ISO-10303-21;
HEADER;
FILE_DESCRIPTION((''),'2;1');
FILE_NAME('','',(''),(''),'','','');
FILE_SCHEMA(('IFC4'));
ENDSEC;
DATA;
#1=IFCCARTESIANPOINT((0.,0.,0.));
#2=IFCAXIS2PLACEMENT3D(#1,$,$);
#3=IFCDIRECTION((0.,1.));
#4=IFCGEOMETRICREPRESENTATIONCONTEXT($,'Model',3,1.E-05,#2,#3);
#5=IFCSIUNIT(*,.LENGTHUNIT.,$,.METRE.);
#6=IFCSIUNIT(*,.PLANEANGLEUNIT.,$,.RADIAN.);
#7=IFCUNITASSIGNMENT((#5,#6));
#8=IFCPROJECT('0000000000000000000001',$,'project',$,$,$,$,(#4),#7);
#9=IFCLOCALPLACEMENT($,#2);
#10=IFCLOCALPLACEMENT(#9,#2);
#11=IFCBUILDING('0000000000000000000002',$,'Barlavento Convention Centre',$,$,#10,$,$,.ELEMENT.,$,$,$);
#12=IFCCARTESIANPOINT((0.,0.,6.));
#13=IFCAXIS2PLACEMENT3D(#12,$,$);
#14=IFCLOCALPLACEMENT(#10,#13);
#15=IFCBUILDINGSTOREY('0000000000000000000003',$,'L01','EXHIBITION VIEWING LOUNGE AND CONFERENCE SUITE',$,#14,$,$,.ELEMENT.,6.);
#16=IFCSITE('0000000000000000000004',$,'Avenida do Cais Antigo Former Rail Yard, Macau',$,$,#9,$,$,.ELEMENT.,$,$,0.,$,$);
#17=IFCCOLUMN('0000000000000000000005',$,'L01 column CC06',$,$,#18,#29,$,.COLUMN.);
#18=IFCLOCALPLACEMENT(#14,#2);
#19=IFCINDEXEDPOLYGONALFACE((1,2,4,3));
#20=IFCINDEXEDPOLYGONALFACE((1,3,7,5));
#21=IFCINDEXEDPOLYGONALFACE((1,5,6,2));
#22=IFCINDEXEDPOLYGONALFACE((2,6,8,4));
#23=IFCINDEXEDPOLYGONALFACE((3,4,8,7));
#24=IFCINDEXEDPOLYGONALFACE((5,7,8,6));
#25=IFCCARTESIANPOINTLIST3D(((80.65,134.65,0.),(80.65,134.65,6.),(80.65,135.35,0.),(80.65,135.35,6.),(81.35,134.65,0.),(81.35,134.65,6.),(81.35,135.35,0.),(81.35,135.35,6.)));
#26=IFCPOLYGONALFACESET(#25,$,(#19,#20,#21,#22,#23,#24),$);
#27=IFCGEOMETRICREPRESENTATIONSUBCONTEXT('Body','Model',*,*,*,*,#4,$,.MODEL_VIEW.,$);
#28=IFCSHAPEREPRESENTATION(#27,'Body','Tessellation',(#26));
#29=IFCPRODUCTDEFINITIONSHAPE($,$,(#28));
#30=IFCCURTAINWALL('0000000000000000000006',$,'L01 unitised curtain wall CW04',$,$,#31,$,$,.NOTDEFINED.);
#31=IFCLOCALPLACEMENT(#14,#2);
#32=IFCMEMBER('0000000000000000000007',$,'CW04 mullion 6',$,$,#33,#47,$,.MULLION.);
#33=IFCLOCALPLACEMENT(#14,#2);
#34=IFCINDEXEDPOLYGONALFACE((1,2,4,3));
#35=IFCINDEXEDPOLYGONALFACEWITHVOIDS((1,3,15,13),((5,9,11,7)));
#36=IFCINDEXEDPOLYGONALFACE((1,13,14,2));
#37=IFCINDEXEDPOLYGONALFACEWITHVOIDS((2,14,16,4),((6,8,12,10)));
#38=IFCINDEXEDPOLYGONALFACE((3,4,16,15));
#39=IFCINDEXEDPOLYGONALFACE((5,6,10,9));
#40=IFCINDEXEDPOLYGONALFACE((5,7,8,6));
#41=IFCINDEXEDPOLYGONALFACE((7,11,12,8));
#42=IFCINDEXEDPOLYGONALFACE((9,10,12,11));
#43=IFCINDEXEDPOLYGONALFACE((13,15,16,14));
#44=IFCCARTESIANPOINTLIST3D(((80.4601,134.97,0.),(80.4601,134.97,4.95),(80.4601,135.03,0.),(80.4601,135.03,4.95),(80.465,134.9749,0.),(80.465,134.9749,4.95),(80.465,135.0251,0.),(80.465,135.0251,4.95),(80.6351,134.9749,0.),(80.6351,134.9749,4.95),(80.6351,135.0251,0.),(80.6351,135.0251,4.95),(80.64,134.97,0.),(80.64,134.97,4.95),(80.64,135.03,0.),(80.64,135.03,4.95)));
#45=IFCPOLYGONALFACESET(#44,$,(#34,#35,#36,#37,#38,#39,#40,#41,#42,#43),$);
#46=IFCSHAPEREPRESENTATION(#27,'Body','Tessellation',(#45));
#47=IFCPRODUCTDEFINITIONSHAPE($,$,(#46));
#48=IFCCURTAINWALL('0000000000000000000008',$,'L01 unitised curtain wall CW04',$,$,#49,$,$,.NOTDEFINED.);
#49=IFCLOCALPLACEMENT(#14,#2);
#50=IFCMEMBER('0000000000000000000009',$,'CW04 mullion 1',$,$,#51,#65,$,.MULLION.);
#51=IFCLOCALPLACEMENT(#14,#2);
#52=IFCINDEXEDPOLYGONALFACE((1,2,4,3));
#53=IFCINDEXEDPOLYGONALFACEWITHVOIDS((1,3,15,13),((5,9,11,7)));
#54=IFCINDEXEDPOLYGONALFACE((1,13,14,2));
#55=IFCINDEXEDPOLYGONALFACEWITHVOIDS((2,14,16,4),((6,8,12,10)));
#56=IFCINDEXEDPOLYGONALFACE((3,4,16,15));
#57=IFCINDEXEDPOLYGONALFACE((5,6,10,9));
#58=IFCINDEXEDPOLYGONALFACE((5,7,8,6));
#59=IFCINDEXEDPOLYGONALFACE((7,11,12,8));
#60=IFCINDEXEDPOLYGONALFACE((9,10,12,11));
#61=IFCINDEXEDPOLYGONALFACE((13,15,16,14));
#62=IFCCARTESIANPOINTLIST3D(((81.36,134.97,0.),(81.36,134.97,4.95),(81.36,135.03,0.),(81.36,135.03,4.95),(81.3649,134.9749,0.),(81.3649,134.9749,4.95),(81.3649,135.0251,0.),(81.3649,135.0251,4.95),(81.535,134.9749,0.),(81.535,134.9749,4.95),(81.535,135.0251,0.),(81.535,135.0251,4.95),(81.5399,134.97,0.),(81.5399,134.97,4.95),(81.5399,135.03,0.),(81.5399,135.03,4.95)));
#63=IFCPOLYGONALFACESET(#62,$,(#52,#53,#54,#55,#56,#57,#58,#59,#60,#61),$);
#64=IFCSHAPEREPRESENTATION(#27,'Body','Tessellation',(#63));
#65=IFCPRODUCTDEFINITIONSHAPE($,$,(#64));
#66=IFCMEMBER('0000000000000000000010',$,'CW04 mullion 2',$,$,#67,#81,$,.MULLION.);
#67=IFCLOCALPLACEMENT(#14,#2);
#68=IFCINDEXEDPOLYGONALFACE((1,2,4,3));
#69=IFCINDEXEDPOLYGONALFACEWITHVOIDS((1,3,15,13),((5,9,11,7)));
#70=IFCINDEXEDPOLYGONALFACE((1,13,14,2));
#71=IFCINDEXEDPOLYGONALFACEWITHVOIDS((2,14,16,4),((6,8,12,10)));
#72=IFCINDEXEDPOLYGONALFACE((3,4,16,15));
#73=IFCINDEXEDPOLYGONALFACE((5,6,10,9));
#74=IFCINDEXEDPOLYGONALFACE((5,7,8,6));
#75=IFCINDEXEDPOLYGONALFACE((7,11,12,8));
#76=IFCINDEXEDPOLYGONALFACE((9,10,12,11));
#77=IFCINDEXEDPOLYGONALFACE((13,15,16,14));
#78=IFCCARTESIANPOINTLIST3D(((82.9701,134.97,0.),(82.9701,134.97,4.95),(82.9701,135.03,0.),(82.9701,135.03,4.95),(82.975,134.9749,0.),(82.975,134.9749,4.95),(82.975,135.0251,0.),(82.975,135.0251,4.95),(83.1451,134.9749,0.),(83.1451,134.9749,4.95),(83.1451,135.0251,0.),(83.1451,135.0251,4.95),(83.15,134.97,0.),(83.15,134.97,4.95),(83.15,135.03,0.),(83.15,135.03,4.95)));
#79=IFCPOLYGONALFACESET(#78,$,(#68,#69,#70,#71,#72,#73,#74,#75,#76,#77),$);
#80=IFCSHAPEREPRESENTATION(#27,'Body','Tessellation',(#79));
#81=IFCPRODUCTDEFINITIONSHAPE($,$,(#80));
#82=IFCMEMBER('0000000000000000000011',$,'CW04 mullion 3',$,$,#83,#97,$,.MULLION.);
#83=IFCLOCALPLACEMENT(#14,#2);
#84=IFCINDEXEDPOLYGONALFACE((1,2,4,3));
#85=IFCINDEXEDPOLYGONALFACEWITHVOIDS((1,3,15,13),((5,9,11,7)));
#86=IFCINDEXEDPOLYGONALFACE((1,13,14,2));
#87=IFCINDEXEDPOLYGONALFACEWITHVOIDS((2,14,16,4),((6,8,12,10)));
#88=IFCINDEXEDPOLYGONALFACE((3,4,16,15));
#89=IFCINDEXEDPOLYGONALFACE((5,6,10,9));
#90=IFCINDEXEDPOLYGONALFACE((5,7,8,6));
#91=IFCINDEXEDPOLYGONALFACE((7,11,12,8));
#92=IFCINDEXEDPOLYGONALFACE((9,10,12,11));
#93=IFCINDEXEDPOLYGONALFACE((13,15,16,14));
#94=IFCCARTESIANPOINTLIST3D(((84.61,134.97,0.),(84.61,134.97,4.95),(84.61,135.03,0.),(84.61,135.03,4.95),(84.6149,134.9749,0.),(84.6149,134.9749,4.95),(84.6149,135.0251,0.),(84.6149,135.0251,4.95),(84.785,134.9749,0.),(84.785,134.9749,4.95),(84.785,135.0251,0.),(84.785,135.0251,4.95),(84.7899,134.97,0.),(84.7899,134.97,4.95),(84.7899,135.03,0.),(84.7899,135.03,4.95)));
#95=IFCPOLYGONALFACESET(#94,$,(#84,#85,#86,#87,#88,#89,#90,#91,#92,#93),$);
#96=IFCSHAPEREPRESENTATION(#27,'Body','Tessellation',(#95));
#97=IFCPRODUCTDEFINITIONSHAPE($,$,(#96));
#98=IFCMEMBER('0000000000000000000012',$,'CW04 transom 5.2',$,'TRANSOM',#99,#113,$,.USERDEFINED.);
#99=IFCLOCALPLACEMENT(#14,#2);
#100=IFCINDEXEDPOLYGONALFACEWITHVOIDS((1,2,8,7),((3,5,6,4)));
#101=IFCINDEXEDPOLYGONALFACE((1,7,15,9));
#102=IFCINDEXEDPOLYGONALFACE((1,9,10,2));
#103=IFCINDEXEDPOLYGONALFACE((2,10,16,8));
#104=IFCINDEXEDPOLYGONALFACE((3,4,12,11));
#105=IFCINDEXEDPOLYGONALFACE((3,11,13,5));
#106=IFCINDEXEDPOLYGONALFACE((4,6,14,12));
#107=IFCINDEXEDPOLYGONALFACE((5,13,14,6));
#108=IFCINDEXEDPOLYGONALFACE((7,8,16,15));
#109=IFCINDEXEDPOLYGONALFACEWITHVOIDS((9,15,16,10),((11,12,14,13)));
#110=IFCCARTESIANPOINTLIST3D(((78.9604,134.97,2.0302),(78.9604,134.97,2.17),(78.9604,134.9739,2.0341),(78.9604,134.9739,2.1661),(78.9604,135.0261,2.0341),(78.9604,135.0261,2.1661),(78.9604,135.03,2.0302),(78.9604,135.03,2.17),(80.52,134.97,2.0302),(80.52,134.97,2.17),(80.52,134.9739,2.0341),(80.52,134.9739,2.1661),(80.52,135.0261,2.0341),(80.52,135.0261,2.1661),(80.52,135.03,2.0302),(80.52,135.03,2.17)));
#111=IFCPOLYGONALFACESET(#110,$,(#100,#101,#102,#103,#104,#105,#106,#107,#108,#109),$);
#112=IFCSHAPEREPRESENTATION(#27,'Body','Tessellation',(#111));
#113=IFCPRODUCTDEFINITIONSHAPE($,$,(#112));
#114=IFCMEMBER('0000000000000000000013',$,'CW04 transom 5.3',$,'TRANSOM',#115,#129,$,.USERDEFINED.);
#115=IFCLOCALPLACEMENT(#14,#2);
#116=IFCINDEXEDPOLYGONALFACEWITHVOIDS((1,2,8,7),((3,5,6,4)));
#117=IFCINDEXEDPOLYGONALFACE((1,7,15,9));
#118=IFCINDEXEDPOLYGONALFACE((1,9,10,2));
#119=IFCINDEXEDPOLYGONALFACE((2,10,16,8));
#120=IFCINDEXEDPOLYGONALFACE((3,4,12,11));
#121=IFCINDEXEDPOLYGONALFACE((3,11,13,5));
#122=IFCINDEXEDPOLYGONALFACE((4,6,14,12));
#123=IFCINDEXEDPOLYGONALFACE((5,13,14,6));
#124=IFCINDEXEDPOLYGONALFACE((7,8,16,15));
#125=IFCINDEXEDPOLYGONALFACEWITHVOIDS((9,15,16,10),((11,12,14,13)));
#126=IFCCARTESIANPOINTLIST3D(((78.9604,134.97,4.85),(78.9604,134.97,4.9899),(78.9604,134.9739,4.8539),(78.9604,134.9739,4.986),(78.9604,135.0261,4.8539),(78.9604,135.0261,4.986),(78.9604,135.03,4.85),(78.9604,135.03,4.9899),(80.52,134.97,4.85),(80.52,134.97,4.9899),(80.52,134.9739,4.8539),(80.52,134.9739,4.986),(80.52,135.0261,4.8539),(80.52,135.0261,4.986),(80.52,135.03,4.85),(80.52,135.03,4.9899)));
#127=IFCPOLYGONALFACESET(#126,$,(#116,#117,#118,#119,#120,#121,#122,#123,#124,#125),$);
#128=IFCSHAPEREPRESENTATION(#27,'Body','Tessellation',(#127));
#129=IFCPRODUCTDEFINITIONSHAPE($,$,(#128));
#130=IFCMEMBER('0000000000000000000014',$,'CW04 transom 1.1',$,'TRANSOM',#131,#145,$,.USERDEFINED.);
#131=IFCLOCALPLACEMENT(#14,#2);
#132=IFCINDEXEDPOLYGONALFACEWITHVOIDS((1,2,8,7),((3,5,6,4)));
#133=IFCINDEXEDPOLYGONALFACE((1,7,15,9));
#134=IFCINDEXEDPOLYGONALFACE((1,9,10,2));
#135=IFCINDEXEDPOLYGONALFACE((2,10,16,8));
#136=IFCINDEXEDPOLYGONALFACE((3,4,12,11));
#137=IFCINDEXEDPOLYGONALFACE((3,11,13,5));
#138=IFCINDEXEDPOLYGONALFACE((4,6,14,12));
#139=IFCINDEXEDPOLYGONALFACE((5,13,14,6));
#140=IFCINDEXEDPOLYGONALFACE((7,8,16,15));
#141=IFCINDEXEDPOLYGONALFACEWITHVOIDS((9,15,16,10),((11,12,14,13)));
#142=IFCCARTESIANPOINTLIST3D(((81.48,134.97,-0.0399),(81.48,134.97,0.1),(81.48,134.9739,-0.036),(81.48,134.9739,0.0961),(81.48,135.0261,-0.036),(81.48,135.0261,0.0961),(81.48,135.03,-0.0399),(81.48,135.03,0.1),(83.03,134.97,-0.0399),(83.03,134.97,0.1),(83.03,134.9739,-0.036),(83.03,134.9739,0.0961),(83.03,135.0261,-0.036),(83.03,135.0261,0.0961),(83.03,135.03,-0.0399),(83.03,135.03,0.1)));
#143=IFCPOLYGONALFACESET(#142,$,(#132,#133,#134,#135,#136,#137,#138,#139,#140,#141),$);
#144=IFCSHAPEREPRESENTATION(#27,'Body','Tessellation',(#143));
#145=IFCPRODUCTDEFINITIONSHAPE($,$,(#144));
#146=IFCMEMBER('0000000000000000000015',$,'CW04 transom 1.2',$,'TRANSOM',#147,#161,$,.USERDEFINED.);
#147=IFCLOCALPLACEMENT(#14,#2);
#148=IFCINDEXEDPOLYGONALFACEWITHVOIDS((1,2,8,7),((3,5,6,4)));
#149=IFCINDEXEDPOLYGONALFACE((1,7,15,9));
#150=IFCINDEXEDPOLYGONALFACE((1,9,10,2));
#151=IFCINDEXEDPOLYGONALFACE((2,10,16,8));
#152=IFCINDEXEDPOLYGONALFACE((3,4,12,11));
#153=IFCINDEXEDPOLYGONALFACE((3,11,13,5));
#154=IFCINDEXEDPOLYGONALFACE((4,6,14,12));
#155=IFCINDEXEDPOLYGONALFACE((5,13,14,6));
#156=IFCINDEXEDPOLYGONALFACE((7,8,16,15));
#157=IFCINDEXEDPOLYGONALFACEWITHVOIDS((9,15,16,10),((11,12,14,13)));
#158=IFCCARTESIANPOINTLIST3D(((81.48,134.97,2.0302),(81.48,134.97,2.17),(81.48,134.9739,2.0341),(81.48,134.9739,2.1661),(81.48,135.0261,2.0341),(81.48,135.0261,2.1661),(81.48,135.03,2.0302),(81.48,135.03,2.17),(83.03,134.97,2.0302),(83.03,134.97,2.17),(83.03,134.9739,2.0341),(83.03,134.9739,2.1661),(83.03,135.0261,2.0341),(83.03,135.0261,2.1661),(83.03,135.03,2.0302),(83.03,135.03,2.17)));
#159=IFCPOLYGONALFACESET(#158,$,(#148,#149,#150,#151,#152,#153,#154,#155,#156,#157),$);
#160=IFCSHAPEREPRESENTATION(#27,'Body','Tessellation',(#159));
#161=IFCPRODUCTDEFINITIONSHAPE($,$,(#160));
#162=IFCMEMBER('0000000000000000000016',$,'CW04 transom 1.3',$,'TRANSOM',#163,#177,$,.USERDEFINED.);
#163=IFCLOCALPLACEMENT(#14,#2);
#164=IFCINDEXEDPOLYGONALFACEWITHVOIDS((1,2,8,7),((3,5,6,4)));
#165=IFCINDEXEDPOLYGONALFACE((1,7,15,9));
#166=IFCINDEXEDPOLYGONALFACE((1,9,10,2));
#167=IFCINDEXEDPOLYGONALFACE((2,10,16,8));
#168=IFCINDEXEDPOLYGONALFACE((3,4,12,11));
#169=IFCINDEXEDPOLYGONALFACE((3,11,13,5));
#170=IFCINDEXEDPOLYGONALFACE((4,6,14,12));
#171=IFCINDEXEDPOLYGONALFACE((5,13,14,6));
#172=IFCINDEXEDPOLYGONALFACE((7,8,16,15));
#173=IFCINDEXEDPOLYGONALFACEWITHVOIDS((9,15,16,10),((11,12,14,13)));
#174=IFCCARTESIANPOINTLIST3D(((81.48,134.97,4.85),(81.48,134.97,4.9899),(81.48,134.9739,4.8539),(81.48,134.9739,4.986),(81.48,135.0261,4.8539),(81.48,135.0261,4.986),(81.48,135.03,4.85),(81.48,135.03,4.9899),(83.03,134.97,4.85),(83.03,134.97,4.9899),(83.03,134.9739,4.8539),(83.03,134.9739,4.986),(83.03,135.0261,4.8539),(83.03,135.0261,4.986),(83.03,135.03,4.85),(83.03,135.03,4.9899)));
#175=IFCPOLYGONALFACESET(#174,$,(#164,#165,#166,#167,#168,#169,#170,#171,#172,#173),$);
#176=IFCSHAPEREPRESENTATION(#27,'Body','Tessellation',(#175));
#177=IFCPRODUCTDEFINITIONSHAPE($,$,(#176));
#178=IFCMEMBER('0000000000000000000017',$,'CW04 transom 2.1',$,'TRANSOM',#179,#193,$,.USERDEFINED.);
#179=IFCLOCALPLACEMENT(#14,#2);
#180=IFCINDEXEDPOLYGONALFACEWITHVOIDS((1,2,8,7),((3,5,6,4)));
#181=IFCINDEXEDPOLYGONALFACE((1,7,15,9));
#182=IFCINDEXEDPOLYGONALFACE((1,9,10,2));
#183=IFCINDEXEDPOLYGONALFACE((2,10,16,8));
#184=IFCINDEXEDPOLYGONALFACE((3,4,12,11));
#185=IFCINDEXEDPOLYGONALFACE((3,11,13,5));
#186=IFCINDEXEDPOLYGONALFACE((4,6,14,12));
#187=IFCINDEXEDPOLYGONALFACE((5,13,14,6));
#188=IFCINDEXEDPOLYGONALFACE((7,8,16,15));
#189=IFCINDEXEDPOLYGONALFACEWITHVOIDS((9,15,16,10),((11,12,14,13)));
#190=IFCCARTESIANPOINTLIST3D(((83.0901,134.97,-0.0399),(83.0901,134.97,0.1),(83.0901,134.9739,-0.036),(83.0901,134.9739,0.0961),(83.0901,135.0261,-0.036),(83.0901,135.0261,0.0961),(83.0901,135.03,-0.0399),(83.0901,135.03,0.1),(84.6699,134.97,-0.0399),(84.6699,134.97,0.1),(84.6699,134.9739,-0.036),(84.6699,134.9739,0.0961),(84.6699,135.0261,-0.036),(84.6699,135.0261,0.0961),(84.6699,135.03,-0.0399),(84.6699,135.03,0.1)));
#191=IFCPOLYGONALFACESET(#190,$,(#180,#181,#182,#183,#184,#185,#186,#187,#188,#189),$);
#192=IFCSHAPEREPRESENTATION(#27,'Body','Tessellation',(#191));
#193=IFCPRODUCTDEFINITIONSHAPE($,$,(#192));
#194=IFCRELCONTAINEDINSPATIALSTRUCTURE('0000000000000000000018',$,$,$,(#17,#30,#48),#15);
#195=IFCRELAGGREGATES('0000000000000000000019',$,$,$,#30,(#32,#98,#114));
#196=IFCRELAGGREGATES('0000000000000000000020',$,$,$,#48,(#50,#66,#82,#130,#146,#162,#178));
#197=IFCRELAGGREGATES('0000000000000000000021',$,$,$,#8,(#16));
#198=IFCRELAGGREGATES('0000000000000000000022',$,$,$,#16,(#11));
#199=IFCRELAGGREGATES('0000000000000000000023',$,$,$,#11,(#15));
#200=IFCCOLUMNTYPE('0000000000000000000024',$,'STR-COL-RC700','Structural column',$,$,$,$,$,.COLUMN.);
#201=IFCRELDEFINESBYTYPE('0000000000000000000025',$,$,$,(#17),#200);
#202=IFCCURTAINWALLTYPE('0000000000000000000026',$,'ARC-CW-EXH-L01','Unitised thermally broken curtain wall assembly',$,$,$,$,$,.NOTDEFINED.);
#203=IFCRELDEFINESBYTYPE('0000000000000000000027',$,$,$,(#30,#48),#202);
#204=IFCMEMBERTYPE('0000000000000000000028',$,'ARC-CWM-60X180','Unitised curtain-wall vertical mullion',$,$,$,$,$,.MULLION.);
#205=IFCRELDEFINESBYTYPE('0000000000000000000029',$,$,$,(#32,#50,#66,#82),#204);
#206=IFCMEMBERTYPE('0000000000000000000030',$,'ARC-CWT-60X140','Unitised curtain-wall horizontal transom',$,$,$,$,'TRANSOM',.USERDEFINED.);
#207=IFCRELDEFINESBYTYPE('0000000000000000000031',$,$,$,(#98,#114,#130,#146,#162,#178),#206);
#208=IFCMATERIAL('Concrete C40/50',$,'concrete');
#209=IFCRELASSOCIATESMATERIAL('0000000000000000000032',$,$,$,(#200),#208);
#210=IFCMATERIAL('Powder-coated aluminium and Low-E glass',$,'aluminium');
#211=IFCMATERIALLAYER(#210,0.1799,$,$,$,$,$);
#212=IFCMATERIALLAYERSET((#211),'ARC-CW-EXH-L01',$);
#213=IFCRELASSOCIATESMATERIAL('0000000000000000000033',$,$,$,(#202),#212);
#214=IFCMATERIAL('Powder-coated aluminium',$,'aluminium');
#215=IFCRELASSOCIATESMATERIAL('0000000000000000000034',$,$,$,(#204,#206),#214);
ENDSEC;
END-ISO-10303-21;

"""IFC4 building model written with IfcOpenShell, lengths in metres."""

from ifc_helpers import new_model, si_unit, direction, frame, origin, origin_2d, place, context, subcontext, project, spatial, rectangle, hollow_rectangle, extrude, material, layer, layer_set, material_profile, profile_set, type_object, element, aggregate, save


model = new_model("IFC4")

# Units and contexts
model_context = context("Model", 3, precision=1e-05, world=origin(), true_north=direction((0.0, 1.0)))
body_context = subcontext(model_context, "Body", "Model", "MODEL_VIEW")
ifc_project = project(units=[si_unit("LENGTHUNIT", "METRE"), si_unit("PLANEANGLEUNIT", "RADIAN")], contexts=[model_context])

# Site, building, storey
site_placement = place(None, origin())
site = spatial("IfcSite", under=ifc_project, at=site_placement, Name="Avenida do Cais Antigo Former Rail Yard, Macau", CompositionType="ELEMENT", RefElevation=0.0)
building_placement = place(site_placement, origin())
building = spatial("IfcBuilding", under=site, at=building_placement, Name="Barlavento Convention Centre", CompositionType="ELEMENT")
storey_placement = place(building_placement, frame((0.0, 0.0, 6.0)))
storey = spatial("IfcBuildingStorey", under=building, at=storey_placement, Name="L01", Description="EXHIBITION VIEWING LOUNGE AND CONFERENCE SUITE", CompositionType="ELEMENT", Elevation=6.0)

# Column
ifc_material_1 = material(Name="Concrete C40/50", Category="concrete")
ifc_material_profile_1 = material_profile(ifc_material_1, rectangle(XDim=0.7, YDim=0.7, at=origin_2d()), Name="RC 700x700")
ifc_profile_set_1 = profile_set([ifc_material_profile_1], Name="Concrete C40/50")
column_type = type_object("IfcColumnType", Name="STR-COL-RC700", Description="Structural column", PredefinedType="COLUMN", material=ifc_profile_set_1)
column_placement = place(storey_placement, frame((81.0, 135.0, 0.0), z_axis=(0.0, 0.0, 1.0), x_axis=(1.0, 0.0, 0.0)))
element("IfcColumn", 1, at=column_placement, inside=storey, type_object=column_type, Name="L01 column CC06", PredefinedType="COLUMN", context=body_context, shape_type="SweptSolid", body=[
    extrude(rectangle(XDim=0.7, YDim=0.7, at=origin_2d()), origin(), (0.0, 0.0, 1.0), 6.0),
])

# Curtain wall, member
ifc_material_2 = material(Name="Powder-coated aluminium and Low-E glass", Category="aluminium")
ifc_layer_1 = layer(ifc_material_2, 0.1799)
ifc_layer_set_1 = layer_set([ifc_layer_1], Name="ARC-CW-EXH-L01")
curtain_wall_type = type_object("IfcCurtainWallType", Name="ARC-CW-EXH-L01", Description="Unitised thermally broken curtain wall assembly", PredefinedType="NOTDEFINED", material=ifc_layer_set_1)
curtain_wall_1_placement = place(storey_placement, origin())
curtain_wall_1 = element("IfcCurtainWall", 2, at=curtain_wall_1_placement, inside=storey, type_object=curtain_wall_type, Name="L01 unitised curtain wall CW04", PredefinedType="NOTDEFINED")
ifc_material_3 = material(Name="Powder-coated aluminium", Category="aluminium")
ifc_material_profile_2 = material_profile(ifc_material_3, hollow_rectangle(XDim=0.0601, YDim=0.1799, WallThickness=0.0049, at=origin_2d()), Name="AL-MULL 60x180x5")
ifc_profile_set_2 = profile_set([ifc_material_profile_2], Name="Powder-coated aluminium")
member_type_1 = type_object("IfcMemberType", Name="ARC-CWM-60X180", Description="Unitised curtain-wall vertical mullion", PredefinedType="MULLION", material=ifc_profile_set_2)
member_1_placement = place(storey_placement, frame((80.55, 135.0, 0.0), z_axis=(0.0, 0.0, 1.0), x_axis=(0.0, 1.0, 0.0)))
member_1 = element("IfcMember", 3, at=member_1_placement, type_object=member_type_1, Name="CW04 mullion 6", PredefinedType="MULLION", context=body_context, shape_type="SweptSolid", body=[
    extrude(hollow_rectangle(XDim=0.0601, YDim=0.1799, WallThickness=0.0049, at=origin_2d()), origin(), (0.0, 0.0, 1.0), 4.95),
])

# Curtain wall, members
curtain_wall_2_placement = place(storey_placement, origin())
curtain_wall_2 = element("IfcCurtainWall", 4, at=curtain_wall_2_placement, inside=storey, type_object=curtain_wall_type, Name="L01 unitised curtain wall CW04", PredefinedType="NOTDEFINED")
member_2_placement = place(storey_placement, frame((81.45, 135.0, 0.0), z_axis=(0.0, 0.0, 1.0), x_axis=(0.0, 1.0, 0.0)))
member_2 = element("IfcMember", 5, at=member_2_placement, type_object=member_type_1, Name="CW04 mullion 1", PredefinedType="MULLION", context=body_context, shape_type="SweptSolid", body=[
    extrude(hollow_rectangle(XDim=0.0601, YDim=0.1799, WallThickness=0.0049, at=origin_2d()), origin(), (0.0, 0.0, 1.0), 4.95),
])
member_3_placement = place(storey_placement, frame((83.0601, 135.0, 0.0), z_axis=(0.0, 0.0, 1.0), x_axis=(0.0, 1.0, 0.0)))
member_3 = element("IfcMember", 6, at=member_3_placement, type_object=member_type_1, Name="CW04 mullion 2", PredefinedType="MULLION", context=body_context, shape_type="SweptSolid", body=[
    extrude(hollow_rectangle(XDim=0.0601, YDim=0.1799, WallThickness=0.0049, at=origin_2d()), origin(), (0.0, 0.0, 1.0), 4.95),
])
member_4_placement = place(storey_placement, frame((84.7, 135.0, 0.0), z_axis=(0.0, 0.0, 1.0), x_axis=(0.0, 1.0, 0.0)))
member_4 = element("IfcMember", 7, at=member_4_placement, type_object=member_type_1, Name="CW04 mullion 3", PredefinedType="MULLION", context=body_context, shape_type="SweptSolid", body=[
    extrude(hollow_rectangle(XDim=0.0601, YDim=0.1799, WallThickness=0.0049, at=origin_2d()), origin(), (0.0, 0.0, 1.0), 4.95),
])

# Members
ifc_material_profile_3 = material_profile(ifc_material_3, hollow_rectangle(XDim=0.0601, YDim=0.1399, WallThickness=0.0039, at=origin_2d()), Name="AL-TRAN 60x140x4")
ifc_profile_set_3 = profile_set([ifc_material_profile_3], Name="Powder-coated aluminium")
member_type_2 = type_object("IfcMemberType", Name="ARC-CWT-60X140", Description="Unitised curtain-wall horizontal transom", ElementType="TRANSOM", PredefinedType="USERDEFINED", material=ifc_profile_set_3)
member_5_placement = place(storey_placement, frame((78.9604, 135.0, 2.1001), z_axis=(1.0, 0.0, 0.0), x_axis=(0.0, 1.0, 0.0)))
member_5 = element("IfcMember", 8, at=member_5_placement, type_object=member_type_2, Name="CW04 transom 5.2", ObjectType="TRANSOM", PredefinedType="USERDEFINED", context=body_context, shape_type="SweptSolid", body=[
    extrude(hollow_rectangle(XDim=0.0601, YDim=0.1399, WallThickness=0.0039, at=origin_2d()), origin(), (0.0, 0.0, 1.0), 1.5596),
])
member_6_placement = place(storey_placement, frame((78.9604, 135.0, 4.9199), z_axis=(1.0, 0.0, 0.0), x_axis=(0.0, 1.0, 0.0)))
member_6 = element("IfcMember", 9, at=member_6_placement, type_object=member_type_2, Name="CW04 transom 5.3", ObjectType="TRANSOM", PredefinedType="USERDEFINED", context=body_context, shape_type="SweptSolid", body=[
    extrude(hollow_rectangle(XDim=0.0601, YDim=0.1399, WallThickness=0.0039, at=origin_2d()), origin(), (0.0, 0.0, 1.0), 1.5596),
])
member_7_placement = place(storey_placement, frame((81.48, 135.0, 0.03), z_axis=(1.0, 0.0, 0.0), x_axis=(0.0, 1.0, 0.0)))
member_7 = element("IfcMember", 10, at=member_7_placement, type_object=member_type_2, Name="CW04 transom 1.1", ObjectType="TRANSOM", PredefinedType="USERDEFINED", context=body_context, shape_type="SweptSolid", body=[
    extrude(hollow_rectangle(XDim=0.0601, YDim=0.1399, WallThickness=0.0039, at=origin_2d()), origin(), (0.0, 0.0, 1.0), 1.55),
])
member_8_placement = place(storey_placement, frame((81.48, 135.0, 2.1001), z_axis=(1.0, 0.0, 0.0), x_axis=(0.0, 1.0, 0.0)))
member_8 = element("IfcMember", 11, at=member_8_placement, type_object=member_type_2, Name="CW04 transom 1.2", ObjectType="TRANSOM", PredefinedType="USERDEFINED", context=body_context, shape_type="SweptSolid", body=[
    extrude(hollow_rectangle(XDim=0.0601, YDim=0.1399, WallThickness=0.0039, at=origin_2d()), origin(), (0.0, 0.0, 1.0), 1.55),
])
member_9_placement = place(storey_placement, frame((81.48, 135.0, 4.9199), z_axis=(1.0, 0.0, 0.0), x_axis=(0.0, 1.0, 0.0)))
member_9 = element("IfcMember", 12, at=member_9_placement, type_object=member_type_2, Name="CW04 transom 1.3", ObjectType="TRANSOM", PredefinedType="USERDEFINED", context=body_context, shape_type="SweptSolid", body=[
    extrude(hollow_rectangle(XDim=0.0601, YDim=0.1399, WallThickness=0.0039, at=origin_2d()), origin(), (0.0, 0.0, 1.0), 1.55),
])
member_10_placement = place(storey_placement, frame((83.0901, 135.0, 0.03), z_axis=(1.0, 0.0, 0.0), x_axis=(0.0, 1.0, 0.0)))
member_10 = element("IfcMember", 13, at=member_10_placement, type_object=member_type_2, Name="CW04 transom 2.1", ObjectType="TRANSOM", PredefinedType="USERDEFINED", context=body_context, shape_type="SweptSolid", body=[
    extrude(hollow_rectangle(XDim=0.0601, YDim=0.1399, WallThickness=0.0039, at=origin_2d()), origin(), (0.0, 0.0, 1.0), 1.5798),
])

aggregate(curtain_wall_1, [member_1, member_5, member_6])
aggregate(curtain_wall_2, [member_2, member_3, member_4, member_7, member_8, member_9, member_10])

save(model, "model.ifc")
